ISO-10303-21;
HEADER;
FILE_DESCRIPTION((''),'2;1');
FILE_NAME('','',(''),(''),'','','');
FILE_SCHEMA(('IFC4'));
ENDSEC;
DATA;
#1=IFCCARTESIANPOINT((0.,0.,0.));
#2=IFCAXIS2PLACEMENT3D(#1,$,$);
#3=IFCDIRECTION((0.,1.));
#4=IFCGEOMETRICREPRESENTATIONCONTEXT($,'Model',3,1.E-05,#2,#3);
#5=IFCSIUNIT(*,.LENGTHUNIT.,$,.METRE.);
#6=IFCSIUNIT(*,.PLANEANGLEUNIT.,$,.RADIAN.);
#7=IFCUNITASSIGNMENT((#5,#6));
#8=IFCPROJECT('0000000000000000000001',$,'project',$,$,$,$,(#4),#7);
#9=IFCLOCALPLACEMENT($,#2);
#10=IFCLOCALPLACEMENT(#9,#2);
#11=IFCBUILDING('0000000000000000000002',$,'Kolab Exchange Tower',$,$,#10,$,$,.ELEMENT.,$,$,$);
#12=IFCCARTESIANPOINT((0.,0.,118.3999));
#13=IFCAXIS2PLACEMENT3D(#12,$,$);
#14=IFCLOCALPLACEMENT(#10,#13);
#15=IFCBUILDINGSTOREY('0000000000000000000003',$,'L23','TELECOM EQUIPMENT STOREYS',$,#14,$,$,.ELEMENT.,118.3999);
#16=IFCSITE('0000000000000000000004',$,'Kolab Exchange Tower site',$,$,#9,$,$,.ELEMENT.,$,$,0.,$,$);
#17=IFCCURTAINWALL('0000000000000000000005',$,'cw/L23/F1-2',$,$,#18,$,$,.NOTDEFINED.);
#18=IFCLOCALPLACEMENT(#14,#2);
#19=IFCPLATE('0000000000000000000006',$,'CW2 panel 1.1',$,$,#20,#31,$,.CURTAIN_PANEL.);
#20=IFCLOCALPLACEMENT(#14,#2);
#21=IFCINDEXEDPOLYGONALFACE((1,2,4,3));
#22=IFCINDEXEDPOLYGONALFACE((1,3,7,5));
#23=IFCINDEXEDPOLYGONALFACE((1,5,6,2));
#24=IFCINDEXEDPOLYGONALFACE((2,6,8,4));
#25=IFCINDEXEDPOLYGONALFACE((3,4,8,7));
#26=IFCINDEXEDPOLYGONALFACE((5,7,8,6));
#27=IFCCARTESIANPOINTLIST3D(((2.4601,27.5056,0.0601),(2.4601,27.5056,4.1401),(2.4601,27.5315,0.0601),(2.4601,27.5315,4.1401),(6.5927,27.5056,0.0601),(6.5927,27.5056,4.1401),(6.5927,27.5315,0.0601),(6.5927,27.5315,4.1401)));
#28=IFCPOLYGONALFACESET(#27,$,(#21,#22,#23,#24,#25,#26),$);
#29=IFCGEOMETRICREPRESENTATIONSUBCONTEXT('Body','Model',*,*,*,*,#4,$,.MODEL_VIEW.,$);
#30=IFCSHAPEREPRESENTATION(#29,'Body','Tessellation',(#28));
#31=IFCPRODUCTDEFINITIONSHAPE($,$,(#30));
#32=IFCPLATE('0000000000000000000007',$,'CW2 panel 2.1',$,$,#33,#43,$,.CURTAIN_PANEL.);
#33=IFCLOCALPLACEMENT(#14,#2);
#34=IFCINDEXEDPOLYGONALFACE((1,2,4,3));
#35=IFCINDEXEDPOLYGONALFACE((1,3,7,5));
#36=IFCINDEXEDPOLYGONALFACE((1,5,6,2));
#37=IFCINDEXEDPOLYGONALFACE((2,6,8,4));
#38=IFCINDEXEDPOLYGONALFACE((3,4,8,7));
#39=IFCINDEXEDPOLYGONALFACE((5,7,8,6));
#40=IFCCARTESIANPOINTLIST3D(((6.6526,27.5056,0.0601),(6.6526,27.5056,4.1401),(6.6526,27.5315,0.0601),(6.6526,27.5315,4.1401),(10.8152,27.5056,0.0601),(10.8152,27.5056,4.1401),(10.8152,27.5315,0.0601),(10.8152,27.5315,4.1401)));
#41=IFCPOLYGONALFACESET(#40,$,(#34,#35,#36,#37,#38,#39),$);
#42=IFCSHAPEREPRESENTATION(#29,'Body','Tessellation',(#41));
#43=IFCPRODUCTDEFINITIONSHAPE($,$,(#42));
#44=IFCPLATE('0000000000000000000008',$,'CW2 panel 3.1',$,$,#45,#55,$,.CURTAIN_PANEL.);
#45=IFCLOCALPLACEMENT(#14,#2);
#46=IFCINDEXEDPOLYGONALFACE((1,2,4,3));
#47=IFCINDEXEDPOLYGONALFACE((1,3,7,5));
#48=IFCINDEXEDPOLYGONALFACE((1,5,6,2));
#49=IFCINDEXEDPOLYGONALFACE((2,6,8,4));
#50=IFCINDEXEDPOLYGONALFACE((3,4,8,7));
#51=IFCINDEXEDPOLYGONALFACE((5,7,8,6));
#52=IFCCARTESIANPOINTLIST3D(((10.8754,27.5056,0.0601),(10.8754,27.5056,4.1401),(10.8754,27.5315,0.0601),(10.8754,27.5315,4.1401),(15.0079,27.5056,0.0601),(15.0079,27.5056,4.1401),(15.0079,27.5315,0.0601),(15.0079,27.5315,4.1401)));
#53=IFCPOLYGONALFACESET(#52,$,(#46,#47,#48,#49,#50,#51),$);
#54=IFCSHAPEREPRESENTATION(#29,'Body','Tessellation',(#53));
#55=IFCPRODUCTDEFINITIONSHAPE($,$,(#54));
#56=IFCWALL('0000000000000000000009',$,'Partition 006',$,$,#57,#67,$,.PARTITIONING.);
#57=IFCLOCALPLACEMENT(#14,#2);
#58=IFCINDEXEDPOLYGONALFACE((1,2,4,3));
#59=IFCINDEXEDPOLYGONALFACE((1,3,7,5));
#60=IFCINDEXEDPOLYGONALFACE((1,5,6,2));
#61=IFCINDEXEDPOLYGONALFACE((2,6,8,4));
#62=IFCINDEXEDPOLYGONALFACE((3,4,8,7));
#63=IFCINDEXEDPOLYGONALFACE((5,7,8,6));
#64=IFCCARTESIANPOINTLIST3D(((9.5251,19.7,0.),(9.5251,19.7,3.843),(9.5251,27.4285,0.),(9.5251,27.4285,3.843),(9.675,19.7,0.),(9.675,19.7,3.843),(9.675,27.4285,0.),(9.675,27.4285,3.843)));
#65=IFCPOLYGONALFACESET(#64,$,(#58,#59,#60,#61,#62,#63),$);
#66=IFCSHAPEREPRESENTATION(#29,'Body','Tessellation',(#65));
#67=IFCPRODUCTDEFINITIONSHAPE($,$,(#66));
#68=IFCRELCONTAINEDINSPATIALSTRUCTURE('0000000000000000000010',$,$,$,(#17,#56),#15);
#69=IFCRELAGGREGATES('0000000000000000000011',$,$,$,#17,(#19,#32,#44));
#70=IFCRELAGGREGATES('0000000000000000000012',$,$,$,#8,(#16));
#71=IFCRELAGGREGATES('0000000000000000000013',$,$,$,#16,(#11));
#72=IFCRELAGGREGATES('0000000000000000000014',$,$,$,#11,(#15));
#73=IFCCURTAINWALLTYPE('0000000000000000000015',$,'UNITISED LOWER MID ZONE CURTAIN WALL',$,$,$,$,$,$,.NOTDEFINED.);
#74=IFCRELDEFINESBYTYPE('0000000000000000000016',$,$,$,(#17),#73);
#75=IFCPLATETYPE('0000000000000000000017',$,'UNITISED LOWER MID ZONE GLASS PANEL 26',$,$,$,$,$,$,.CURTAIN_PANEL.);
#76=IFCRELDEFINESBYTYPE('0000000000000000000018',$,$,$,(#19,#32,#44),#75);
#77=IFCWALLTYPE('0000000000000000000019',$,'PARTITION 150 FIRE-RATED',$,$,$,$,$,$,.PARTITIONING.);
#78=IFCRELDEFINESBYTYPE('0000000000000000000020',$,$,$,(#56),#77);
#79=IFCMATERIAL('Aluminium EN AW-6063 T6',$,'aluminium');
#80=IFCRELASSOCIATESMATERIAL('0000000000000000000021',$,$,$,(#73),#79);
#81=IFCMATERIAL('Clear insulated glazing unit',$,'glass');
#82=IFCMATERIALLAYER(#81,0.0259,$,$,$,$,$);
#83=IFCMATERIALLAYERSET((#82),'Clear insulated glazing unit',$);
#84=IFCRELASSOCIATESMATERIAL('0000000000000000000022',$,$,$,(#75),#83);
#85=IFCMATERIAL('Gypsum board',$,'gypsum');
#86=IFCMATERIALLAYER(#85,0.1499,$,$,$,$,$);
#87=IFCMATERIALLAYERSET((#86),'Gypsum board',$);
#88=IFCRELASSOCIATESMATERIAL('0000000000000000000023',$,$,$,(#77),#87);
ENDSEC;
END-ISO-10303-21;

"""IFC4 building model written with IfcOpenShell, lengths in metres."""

from ifc_helpers import new_model, si_unit, direction, frame, frame_2d, origin, origin_2d, place, context, subcontext, project, spatial, rectangle, extrude, material, layer, layer_set, type_object, element, aggregate, save


model = new_model("IFC4")

# Units and contexts
model_context = context("Model", 3, precision=1e-05, world=origin(), true_north=direction((0.0, 1.0)))
body_context = subcontext(model_context, "Body", "Model", "MODEL_VIEW")
ifc_project = project(units=[si_unit("LENGTHUNIT", "METRE"), si_unit("PLANEANGLEUNIT", "RADIAN")], contexts=[model_context])

# Site, building, storey
site_placement = place(None, origin())
site = spatial("IfcSite", under=ifc_project, at=site_placement, Name="Kolab Exchange Tower site", CompositionType="ELEMENT", RefElevation=0.0)
building_placement = place(site_placement, origin())
building = spatial("IfcBuilding", under=site, at=building_placement, Name="Kolab Exchange Tower", CompositionType="ELEMENT")
storey_placement = place(building_placement, frame((0.0, 0.0, 118.3999)))
storey = spatial("IfcBuildingStorey", under=building, at=storey_placement, Name="L23", Description="TELECOM EQUIPMENT STOREYS", CompositionType="ELEMENT", Elevation=118.3999)

# Curtain wall, plates
ifc_material_1 = material(Name="Aluminium EN AW-6063 T6", Category="aluminium")
curtain_wall_type = type_object("IfcCurtainWallType", Name="UNITISED LOWER MID ZONE CURTAIN WALL", PredefinedType="NOTDEFINED", material=ifc_material_1)
curtain_wall_placement = place(storey_placement, origin())
curtain_wall = element("IfcCurtainWall", 1, at=curtain_wall_placement, inside=storey, type_object=curtain_wall_type, Name="cw/L23/F1-2", PredefinedType="NOTDEFINED")
ifc_material_2 = material(Name="Clear insulated glazing unit", Category="glass")
ifc_layer_1 = layer(ifc_material_2, 0.0259)
ifc_layer_set_1 = layer_set([ifc_layer_1], Name="Clear insulated glazing unit")
plate_type = type_object("IfcPlateType", Name="UNITISED LOWER MID ZONE GLASS PANEL 26", PredefinedType="CURTAIN_PANEL", material=ifc_layer_set_1)
plate_1_placement = place(storey_placement, frame((4.5264, 27.5186, 0.0601), z_axis=(0.0, 0.0, 1.0), x_axis=(1.0, 0.0, 0.0)))
plate_1 = element("IfcPlate", 2, at=plate_1_placement, type_object=plate_type, Name="CW2 panel 1.1", PredefinedType="CURTAIN_PANEL", context=body_context, shape_type="SweptSolid", body=[
    extrude(rectangle(XDim=4.1326, YDim=0.0259, at=origin_2d()), origin(), (0.0, 0.0, 1.0), 4.0801),
])
plate_2_placement = place(storey_placement, frame((8.7339, 27.5186, 0.0601), z_axis=(0.0, 0.0, 1.0), x_axis=(1.0, 0.0, 0.0)))
plate_2 = element("IfcPlate", 3, at=plate_2_placement, type_object=plate_type, Name="CW2 panel 2.1", PredefinedType="CURTAIN_PANEL", context=body_context, shape_type="SweptSolid", body=[
    extrude(rectangle(XDim=4.1626, YDim=0.0259, at=origin_2d()), origin(), (0.0, 0.0, 1.0), 4.0801),
])
plate_3_placement = place(storey_placement, frame((12.9417, 27.5186, 0.0601), z_axis=(0.0, 0.0, 1.0), x_axis=(1.0, 0.0, 0.0)))
plate_3 = element("IfcPlate", 4, at=plate_3_placement, type_object=plate_type, Name="CW2 panel 3.1", PredefinedType="CURTAIN_PANEL", context=body_context, shape_type="SweptSolid", body=[
    extrude(rectangle(XDim=4.1326, YDim=0.0259, at=origin_2d()), origin(), (0.0, 0.0, 1.0), 4.0801),
])
aggregate(curtain_wall, [plate_1, plate_2, plate_3])

# Wall
ifc_material_3 = material(Name="Gypsum board", Category="gypsum")
ifc_layer_2 = layer(ifc_material_3, 0.1499)
ifc_layer_set_2 = layer_set([ifc_layer_2], Name="Gypsum board")
wall_type = type_object("IfcWallType", Name="PARTITION 150 FIRE-RATED", PredefinedType="PARTITIONING", material=ifc_layer_set_2)
wall_placement = place(storey_placement, frame((9.6001, 19.7, 0.0), z_axis=(0.0, 0.0, 1.0), x_axis=(0.0, 1.0, 0.0)))
element("IfcWall", 5, at=wall_placement, inside=storey, type_object=wall_type, Name="Partition 006", PredefinedType="PARTITIONING", context=body_context, shape_type="SweptSolid", body=[
    extrude(rectangle(XDim=7.7285, YDim=0.1499, at=frame_2d((3.8643, 0.0))), origin(), (0.0, 0.0, 1.0), 3.843),
])

save(model, "model.ifc")
